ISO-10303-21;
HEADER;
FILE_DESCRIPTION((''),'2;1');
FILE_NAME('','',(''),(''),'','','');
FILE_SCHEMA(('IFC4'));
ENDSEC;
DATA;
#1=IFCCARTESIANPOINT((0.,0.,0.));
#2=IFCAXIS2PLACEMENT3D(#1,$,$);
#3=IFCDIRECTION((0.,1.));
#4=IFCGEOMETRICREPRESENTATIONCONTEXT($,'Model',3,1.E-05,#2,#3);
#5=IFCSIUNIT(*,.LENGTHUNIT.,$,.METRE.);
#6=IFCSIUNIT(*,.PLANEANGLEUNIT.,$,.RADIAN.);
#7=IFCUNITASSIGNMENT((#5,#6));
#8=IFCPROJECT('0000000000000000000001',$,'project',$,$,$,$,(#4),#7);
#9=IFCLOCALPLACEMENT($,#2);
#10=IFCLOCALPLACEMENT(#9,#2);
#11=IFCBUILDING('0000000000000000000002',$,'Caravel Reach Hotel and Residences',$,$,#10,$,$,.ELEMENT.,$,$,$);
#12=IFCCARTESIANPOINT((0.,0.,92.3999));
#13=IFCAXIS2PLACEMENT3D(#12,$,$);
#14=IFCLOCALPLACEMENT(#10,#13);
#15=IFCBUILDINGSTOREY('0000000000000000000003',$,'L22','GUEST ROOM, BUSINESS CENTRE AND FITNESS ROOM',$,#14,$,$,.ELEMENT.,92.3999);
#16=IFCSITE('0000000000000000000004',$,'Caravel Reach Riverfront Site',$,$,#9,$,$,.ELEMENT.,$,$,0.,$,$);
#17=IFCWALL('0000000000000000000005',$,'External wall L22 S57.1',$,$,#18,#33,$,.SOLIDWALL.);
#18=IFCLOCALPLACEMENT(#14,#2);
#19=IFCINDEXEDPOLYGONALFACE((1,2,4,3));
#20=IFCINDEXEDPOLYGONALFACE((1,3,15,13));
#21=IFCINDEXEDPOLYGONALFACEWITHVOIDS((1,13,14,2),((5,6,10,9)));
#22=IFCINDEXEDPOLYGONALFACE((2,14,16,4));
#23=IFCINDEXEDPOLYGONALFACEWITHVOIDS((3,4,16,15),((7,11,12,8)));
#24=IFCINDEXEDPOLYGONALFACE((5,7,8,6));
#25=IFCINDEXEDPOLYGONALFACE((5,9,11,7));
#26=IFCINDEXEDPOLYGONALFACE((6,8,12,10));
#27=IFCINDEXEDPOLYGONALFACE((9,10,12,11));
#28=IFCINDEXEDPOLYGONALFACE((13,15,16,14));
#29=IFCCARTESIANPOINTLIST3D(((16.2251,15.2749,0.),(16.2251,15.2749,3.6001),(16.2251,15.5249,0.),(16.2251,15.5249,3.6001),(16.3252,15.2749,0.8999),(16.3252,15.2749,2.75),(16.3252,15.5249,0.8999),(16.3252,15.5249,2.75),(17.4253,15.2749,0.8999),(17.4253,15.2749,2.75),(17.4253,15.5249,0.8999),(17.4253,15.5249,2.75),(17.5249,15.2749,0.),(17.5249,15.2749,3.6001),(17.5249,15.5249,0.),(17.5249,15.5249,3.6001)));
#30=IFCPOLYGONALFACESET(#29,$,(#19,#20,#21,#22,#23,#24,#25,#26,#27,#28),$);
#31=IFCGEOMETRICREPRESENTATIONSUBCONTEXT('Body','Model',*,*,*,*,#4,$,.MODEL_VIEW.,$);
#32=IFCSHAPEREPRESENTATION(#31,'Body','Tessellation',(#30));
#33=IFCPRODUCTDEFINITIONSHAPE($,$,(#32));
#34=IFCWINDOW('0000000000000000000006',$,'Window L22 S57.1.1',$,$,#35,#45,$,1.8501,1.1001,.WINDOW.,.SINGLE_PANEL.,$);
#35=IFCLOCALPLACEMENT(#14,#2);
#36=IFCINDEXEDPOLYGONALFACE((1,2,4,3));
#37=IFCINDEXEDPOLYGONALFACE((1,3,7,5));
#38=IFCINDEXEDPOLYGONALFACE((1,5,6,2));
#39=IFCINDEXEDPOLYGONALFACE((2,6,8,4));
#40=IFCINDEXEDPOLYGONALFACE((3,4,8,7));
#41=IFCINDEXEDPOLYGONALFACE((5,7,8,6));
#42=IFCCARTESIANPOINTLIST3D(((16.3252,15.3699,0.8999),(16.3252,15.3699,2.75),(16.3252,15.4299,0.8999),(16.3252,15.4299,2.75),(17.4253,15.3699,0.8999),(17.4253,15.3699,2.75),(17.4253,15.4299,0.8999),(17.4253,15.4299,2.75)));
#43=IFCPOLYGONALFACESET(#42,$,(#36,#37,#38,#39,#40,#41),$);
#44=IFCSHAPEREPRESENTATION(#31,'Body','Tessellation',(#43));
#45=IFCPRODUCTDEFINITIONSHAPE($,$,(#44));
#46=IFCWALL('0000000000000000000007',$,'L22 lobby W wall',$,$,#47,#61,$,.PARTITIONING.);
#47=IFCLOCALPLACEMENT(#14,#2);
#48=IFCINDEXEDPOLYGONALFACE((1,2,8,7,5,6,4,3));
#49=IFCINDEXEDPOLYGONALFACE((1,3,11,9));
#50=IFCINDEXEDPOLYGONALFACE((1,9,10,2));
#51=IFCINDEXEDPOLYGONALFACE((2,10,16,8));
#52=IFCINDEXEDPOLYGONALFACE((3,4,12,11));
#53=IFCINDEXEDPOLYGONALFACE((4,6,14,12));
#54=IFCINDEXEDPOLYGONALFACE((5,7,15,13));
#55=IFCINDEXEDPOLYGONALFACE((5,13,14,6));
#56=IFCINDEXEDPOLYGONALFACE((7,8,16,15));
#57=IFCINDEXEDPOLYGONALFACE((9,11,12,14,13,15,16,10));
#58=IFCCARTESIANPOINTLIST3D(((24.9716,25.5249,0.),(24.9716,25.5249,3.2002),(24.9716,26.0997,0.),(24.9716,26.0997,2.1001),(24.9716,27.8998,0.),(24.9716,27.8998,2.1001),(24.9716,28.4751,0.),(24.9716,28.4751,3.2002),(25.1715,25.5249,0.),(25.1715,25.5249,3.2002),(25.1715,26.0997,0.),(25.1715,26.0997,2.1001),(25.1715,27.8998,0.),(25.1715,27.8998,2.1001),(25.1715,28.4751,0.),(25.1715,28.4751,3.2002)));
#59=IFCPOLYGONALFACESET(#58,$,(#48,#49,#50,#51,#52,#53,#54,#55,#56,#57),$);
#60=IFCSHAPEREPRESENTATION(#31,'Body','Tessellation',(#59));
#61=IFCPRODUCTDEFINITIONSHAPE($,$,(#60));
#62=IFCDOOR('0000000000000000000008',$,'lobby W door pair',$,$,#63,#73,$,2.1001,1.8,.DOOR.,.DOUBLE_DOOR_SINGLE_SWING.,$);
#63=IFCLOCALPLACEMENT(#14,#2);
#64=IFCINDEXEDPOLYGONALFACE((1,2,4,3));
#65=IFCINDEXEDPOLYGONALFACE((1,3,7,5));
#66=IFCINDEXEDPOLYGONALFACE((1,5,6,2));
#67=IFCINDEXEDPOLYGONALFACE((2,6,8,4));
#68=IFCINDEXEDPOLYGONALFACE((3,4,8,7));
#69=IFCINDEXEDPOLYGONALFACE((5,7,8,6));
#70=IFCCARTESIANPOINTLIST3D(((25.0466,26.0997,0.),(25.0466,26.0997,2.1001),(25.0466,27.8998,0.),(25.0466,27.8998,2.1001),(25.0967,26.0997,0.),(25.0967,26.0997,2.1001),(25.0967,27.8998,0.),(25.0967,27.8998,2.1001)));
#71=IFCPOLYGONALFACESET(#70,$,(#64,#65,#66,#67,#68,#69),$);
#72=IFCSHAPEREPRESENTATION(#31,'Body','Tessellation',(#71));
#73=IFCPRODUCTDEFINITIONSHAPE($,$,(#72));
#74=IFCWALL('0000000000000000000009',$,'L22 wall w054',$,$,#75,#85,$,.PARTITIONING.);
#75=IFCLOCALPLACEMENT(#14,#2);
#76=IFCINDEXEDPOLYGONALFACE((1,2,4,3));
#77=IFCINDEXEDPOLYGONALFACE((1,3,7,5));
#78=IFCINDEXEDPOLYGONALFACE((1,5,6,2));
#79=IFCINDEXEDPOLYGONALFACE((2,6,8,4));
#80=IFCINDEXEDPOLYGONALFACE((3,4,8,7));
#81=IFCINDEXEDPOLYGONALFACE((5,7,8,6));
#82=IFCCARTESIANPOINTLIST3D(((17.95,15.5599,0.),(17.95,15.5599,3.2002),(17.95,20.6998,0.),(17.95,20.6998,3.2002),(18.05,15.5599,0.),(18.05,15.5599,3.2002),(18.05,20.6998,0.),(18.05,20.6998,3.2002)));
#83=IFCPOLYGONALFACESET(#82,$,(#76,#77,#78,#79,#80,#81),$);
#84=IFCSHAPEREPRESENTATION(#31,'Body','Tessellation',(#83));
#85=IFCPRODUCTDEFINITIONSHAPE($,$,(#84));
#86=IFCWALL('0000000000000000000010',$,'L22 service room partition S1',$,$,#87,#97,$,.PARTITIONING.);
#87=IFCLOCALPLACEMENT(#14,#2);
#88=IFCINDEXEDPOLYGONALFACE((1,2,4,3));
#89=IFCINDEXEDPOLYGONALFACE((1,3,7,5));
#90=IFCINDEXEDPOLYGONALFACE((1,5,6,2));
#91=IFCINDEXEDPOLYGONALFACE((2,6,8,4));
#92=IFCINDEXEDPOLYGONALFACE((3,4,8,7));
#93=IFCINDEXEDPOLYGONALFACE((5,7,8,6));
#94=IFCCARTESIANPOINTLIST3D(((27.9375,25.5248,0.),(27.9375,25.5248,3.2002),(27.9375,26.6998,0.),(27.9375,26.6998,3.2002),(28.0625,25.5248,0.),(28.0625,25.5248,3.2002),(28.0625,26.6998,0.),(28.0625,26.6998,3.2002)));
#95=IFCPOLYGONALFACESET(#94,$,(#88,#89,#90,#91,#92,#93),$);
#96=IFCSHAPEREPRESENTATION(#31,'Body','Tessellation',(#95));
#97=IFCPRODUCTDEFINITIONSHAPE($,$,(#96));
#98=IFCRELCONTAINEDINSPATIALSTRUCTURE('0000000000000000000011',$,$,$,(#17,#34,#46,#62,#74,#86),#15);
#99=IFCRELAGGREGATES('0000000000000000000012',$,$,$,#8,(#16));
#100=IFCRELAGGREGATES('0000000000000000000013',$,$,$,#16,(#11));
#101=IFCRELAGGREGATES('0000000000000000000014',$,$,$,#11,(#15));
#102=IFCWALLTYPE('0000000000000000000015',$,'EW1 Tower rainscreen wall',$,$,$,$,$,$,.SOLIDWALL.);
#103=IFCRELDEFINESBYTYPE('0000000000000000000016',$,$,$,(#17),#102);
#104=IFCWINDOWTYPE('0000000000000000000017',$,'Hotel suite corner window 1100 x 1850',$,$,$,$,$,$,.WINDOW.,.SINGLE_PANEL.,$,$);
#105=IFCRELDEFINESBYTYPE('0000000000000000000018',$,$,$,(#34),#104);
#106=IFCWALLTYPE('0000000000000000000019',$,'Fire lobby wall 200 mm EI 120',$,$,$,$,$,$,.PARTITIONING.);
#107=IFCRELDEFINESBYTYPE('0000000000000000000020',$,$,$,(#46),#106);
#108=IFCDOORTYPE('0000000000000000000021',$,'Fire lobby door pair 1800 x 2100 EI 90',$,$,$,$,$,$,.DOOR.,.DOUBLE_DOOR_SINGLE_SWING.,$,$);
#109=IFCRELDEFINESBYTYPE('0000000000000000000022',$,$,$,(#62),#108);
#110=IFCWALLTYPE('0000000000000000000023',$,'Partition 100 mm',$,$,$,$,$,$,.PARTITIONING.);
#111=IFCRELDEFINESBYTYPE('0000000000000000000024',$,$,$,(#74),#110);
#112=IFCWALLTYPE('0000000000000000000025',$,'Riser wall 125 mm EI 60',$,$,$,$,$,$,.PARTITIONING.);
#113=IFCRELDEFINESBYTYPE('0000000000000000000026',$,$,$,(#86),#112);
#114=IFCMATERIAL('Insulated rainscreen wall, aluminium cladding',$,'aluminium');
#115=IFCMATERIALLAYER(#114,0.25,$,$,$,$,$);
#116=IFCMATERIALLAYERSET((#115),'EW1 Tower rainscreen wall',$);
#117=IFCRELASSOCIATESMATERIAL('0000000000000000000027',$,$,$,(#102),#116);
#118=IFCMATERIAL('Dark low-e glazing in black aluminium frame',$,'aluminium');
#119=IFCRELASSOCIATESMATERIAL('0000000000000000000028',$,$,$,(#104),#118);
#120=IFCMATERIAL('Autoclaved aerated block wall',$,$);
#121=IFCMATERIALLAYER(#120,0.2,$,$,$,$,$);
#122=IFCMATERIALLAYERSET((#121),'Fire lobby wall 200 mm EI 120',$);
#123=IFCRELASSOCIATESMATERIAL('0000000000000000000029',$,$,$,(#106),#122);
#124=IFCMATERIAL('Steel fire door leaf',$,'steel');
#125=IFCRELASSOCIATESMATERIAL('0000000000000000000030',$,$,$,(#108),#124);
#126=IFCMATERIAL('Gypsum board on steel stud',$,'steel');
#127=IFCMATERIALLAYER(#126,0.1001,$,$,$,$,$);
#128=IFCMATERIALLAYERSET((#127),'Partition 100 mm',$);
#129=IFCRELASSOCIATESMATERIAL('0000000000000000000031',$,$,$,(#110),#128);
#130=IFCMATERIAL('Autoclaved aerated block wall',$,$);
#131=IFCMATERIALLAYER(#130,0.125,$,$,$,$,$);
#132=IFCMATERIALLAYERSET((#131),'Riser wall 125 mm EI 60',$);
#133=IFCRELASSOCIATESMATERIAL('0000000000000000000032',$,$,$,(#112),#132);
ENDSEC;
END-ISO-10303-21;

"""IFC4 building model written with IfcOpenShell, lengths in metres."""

from ifc_helpers import new_model, si_unit, direction, frame, frame_2d, origin, place, context, subcontext, project, spatial, rectangle, extrude, material, layer, layer_set, type_object, element, fill, save


model = new_model("IFC4")

# Units and contexts
model_context = context("Model", 3, precision=1e-05, world=origin(), true_north=direction((0.0, 1.0)))
body_context = subcontext(model_context, "Body", "Model", "MODEL_VIEW")
ifc_project = project(units=[si_unit("LENGTHUNIT", "METRE"), si_unit("PLANEANGLEUNIT", "RADIAN")], contexts=[model_context])

# Site, building, storey
site_placement = place(None, origin())
site = spatial("IfcSite", under=ifc_project, at=site_placement, Name="Caravel Reach Riverfront Site", CompositionType="ELEMENT", RefElevation=0.0)
building_placement = place(site_placement, origin())
building = spatial("IfcBuilding", under=site, at=building_placement, Name="Caravel Reach Hotel and Residences", CompositionType="ELEMENT")
storey_placement = place(building_placement, frame((0.0, 0.0, 92.3999)))
storey = spatial("IfcBuildingStorey", under=building, at=storey_placement, Name="L22", Description="GUEST ROOM, BUSINESS CENTRE AND FITNESS ROOM", CompositionType="ELEMENT", Elevation=92.3999)

# Wall, opening, window
ifc_material_1 = material(Name="Insulated rainscreen wall, aluminium cladding", Category="aluminium")
ifc_layer_1 = layer(ifc_material_1, 0.25)
ifc_layer_set_1 = layer_set([ifc_layer_1], Name="EW1 Tower rainscreen wall")
wall_type_1 = type_object("IfcWallType", Name="EW1 Tower rainscreen wall", PredefinedType="SOLIDWALL", material=ifc_layer_set_1)
wall_1_placement = place(storey_placement, frame((16.2251, 15.3999, 0.0), z_axis=(0.0, 0.0, 1.0), x_axis=(1.0, 0.0, 0.0)))
wall_1 = element("IfcWall", 1, at=wall_1_placement, inside=storey, type_object=wall_type_1, Name="External wall L22 S57.1", PredefinedType="SOLIDWALL", context=body_context, shape_type="SweptSolid", body=[
    extrude(rectangle(XDim=1.2998, YDim=0.25, at=frame_2d((0.6499, 0.0))), origin(), (0.0, 0.0, 1.0), 3.6001),
])
opening_1_placement = place(wall_1_placement, frame((0.1001, 0.0, 0.8999)))
opening_1 = element("IfcOpeningElement", 2, at=opening_1_placement, cuts=wall_1, PredefinedType="OPENING", context=body_context, shape_type="SweptSolid", body=[
    extrude(rectangle(XDim=1.1001, YDim=1.8501, at=frame_2d((0.55, 0.925))), frame((0.0, 0.135, 0.0), z_axis=(0.0, -1.0, 0.0), x_axis=(1.0, 0.0, 0.0)), (0.0, 0.0, 1.0), 0.27),
])
ifc_material_2 = material(Name="Dark low-e glazing in black aluminium frame", Category="aluminium")
window_type = type_object("IfcWindowType", Name="Hotel suite corner window 1100 x 1850", PartitioningType="SINGLE_PANEL", PredefinedType="WINDOW", material=ifc_material_2)
window_placement = place(opening_1_placement, origin())
window = element("IfcWindow", 3, at=window_placement, inside=storey, type_object=window_type, Name="Window L22 S57.1.1", OverallHeight=1.8501, OverallWidth=1.1001, PartitioningType="SINGLE_PANEL", PredefinedType="WINDOW", context=body_context, shape_type="SweptSolid", body=[
    extrude(rectangle(XDim=1.1001, YDim=1.8501, at=frame_2d((0.55, 0.925))), frame((0.0, 0.03, 0.0), z_axis=(0.0, -1.0, 0.0), x_axis=(1.0, 0.0, 0.0)), (0.0, 0.0, 1.0), 0.0601),
])
fill(opening_1, window)

# Wall, opening, door
ifc_material_3 = material(Name="Autoclaved aerated block wall")
ifc_layer_2 = layer(ifc_material_3, 0.2)
ifc_layer_set_2 = layer_set([ifc_layer_2], Name="Fire lobby wall 200 mm EI 120")
wall_type_2 = type_object("IfcWallType", Name="Fire lobby wall 200 mm EI 120", PredefinedType="PARTITIONING", material=ifc_layer_set_2)
wall_2_placement = place(storey_placement, frame((25.0715, 25.5249, 0.0), z_axis=(0.0, 0.0, 1.0), x_axis=(0.0, 1.0, 0.0)))
wall_2 = element("IfcWall", 4, at=wall_2_placement, inside=storey, type_object=wall_type_2, Name="L22 lobby W wall", PredefinedType="PARTITIONING", context=body_context, shape_type="SweptSolid", body=[
    extrude(rectangle(XDim=2.9502, YDim=0.2, at=frame_2d((1.4751, 0.0))), origin(), (0.0, 0.0, 1.0), 3.2002),
])
opening_2_placement = place(wall_2_placement, frame((0.575, 0.0, 0.0)))
opening_2 = element("IfcOpeningElement", 5, at=opening_2_placement, cuts=wall_2, PredefinedType="OPENING", context=body_context, shape_type="SweptSolid", body=[
    extrude(rectangle(XDim=1.8, YDim=2.1001, at=frame_2d((0.8999, 1.05))), frame((0.0, 0.1099, 0.0), z_axis=(0.0, -1.0, 0.0), x_axis=(1.0, 0.0, 0.0)), (0.0, 0.0, 1.0), 0.22),
])
ifc_material_4 = material(Name="Steel fire door leaf", Category="steel")
door_type_1 = type_object("IfcDoorType", Name="Fire lobby door pair 1800 x 2100 EI 90", OperationType="DOUBLE_DOOR_SINGLE_SWING", PredefinedType="DOOR", material=ifc_material_4)
door_1_placement = place(opening_2_placement, origin())
door_1 = element("IfcDoor", 6, at=door_1_placement, inside=storey, type_object=door_type_1, Name="lobby W door pair", OperationType="DOUBLE_DOOR_SINGLE_SWING", OverallHeight=2.1001, OverallWidth=1.8, PredefinedType="DOOR", context=body_context, shape_type="SweptSolid", body=[
    extrude(rectangle(XDim=1.8, YDim=2.1001, at=frame_2d((0.8999, 1.05))), frame((0.0, 0.0249, 0.0), z_axis=(0.0, -1.0, 0.0), x_axis=(1.0, 0.0, 0.0)), (0.0, 0.0, 1.0), 0.05),
])
fill(opening_2, door_1)

# Walls
ifc_material_5 = material(Name="Gypsum board on steel stud", Category="steel")
ifc_layer_3 = layer(ifc_material_5, 0.1001)
ifc_layer_set_3 = layer_set([ifc_layer_3], Name="Partition 100 mm")
wall_type_3 = type_object("IfcWallType", Name="Partition 100 mm", PredefinedType="PARTITIONING", material=ifc_layer_set_3)
wall_3_placement = place(storey_placement, frame((18.0, 15.5601, 0.0), z_axis=(0.0, 0.0, 1.0), x_axis=(0.0, 1.0, 0.0)))
element("IfcWall", 7, at=wall_3_placement, inside=storey, type_object=wall_type_3, Name="L22 wall w054", PredefinedType="PARTITIONING", context=body_context, shape_type="SweptSolid", body=[
    extrude(rectangle(XDim=5.1399, YDim=0.1001, at=frame_2d((2.5698, 0.0))), origin(), (0.0, 0.0, 1.0), 3.2002),
])
ifc_material_6 = material(Name="Autoclaved aerated block wall")
ifc_layer_4 = layer(ifc_material_6, 0.125)
ifc_layer_set_4 = layer_set([ifc_layer_4], Name="Riser wall 125 mm EI 60")
wall_type_4 = type_object("IfcWallType", Name="Riser wall 125 mm EI 60", PredefinedType="PARTITIONING", material=ifc_layer_set_4)
wall_4_placement = place(storey_placement, frame((28.0, 25.5249, 0.0), z_axis=(0.0, 0.0, 1.0), x_axis=(0.0, 1.0, 0.0)))
element("IfcWall", 8, at=wall_4_placement, inside=storey, type_object=wall_type_4, Name="L22 service room partition S1", PredefinedType="PARTITIONING", context=body_context, shape_type="SweptSolid", body=[
    extrude(rectangle(XDim=1.175, YDim=0.125, at=frame_2d((0.5874, 0.0))), origin(), (0.0, 0.0, 1.0), 3.2002),
])

save(model, "model.ifc")
